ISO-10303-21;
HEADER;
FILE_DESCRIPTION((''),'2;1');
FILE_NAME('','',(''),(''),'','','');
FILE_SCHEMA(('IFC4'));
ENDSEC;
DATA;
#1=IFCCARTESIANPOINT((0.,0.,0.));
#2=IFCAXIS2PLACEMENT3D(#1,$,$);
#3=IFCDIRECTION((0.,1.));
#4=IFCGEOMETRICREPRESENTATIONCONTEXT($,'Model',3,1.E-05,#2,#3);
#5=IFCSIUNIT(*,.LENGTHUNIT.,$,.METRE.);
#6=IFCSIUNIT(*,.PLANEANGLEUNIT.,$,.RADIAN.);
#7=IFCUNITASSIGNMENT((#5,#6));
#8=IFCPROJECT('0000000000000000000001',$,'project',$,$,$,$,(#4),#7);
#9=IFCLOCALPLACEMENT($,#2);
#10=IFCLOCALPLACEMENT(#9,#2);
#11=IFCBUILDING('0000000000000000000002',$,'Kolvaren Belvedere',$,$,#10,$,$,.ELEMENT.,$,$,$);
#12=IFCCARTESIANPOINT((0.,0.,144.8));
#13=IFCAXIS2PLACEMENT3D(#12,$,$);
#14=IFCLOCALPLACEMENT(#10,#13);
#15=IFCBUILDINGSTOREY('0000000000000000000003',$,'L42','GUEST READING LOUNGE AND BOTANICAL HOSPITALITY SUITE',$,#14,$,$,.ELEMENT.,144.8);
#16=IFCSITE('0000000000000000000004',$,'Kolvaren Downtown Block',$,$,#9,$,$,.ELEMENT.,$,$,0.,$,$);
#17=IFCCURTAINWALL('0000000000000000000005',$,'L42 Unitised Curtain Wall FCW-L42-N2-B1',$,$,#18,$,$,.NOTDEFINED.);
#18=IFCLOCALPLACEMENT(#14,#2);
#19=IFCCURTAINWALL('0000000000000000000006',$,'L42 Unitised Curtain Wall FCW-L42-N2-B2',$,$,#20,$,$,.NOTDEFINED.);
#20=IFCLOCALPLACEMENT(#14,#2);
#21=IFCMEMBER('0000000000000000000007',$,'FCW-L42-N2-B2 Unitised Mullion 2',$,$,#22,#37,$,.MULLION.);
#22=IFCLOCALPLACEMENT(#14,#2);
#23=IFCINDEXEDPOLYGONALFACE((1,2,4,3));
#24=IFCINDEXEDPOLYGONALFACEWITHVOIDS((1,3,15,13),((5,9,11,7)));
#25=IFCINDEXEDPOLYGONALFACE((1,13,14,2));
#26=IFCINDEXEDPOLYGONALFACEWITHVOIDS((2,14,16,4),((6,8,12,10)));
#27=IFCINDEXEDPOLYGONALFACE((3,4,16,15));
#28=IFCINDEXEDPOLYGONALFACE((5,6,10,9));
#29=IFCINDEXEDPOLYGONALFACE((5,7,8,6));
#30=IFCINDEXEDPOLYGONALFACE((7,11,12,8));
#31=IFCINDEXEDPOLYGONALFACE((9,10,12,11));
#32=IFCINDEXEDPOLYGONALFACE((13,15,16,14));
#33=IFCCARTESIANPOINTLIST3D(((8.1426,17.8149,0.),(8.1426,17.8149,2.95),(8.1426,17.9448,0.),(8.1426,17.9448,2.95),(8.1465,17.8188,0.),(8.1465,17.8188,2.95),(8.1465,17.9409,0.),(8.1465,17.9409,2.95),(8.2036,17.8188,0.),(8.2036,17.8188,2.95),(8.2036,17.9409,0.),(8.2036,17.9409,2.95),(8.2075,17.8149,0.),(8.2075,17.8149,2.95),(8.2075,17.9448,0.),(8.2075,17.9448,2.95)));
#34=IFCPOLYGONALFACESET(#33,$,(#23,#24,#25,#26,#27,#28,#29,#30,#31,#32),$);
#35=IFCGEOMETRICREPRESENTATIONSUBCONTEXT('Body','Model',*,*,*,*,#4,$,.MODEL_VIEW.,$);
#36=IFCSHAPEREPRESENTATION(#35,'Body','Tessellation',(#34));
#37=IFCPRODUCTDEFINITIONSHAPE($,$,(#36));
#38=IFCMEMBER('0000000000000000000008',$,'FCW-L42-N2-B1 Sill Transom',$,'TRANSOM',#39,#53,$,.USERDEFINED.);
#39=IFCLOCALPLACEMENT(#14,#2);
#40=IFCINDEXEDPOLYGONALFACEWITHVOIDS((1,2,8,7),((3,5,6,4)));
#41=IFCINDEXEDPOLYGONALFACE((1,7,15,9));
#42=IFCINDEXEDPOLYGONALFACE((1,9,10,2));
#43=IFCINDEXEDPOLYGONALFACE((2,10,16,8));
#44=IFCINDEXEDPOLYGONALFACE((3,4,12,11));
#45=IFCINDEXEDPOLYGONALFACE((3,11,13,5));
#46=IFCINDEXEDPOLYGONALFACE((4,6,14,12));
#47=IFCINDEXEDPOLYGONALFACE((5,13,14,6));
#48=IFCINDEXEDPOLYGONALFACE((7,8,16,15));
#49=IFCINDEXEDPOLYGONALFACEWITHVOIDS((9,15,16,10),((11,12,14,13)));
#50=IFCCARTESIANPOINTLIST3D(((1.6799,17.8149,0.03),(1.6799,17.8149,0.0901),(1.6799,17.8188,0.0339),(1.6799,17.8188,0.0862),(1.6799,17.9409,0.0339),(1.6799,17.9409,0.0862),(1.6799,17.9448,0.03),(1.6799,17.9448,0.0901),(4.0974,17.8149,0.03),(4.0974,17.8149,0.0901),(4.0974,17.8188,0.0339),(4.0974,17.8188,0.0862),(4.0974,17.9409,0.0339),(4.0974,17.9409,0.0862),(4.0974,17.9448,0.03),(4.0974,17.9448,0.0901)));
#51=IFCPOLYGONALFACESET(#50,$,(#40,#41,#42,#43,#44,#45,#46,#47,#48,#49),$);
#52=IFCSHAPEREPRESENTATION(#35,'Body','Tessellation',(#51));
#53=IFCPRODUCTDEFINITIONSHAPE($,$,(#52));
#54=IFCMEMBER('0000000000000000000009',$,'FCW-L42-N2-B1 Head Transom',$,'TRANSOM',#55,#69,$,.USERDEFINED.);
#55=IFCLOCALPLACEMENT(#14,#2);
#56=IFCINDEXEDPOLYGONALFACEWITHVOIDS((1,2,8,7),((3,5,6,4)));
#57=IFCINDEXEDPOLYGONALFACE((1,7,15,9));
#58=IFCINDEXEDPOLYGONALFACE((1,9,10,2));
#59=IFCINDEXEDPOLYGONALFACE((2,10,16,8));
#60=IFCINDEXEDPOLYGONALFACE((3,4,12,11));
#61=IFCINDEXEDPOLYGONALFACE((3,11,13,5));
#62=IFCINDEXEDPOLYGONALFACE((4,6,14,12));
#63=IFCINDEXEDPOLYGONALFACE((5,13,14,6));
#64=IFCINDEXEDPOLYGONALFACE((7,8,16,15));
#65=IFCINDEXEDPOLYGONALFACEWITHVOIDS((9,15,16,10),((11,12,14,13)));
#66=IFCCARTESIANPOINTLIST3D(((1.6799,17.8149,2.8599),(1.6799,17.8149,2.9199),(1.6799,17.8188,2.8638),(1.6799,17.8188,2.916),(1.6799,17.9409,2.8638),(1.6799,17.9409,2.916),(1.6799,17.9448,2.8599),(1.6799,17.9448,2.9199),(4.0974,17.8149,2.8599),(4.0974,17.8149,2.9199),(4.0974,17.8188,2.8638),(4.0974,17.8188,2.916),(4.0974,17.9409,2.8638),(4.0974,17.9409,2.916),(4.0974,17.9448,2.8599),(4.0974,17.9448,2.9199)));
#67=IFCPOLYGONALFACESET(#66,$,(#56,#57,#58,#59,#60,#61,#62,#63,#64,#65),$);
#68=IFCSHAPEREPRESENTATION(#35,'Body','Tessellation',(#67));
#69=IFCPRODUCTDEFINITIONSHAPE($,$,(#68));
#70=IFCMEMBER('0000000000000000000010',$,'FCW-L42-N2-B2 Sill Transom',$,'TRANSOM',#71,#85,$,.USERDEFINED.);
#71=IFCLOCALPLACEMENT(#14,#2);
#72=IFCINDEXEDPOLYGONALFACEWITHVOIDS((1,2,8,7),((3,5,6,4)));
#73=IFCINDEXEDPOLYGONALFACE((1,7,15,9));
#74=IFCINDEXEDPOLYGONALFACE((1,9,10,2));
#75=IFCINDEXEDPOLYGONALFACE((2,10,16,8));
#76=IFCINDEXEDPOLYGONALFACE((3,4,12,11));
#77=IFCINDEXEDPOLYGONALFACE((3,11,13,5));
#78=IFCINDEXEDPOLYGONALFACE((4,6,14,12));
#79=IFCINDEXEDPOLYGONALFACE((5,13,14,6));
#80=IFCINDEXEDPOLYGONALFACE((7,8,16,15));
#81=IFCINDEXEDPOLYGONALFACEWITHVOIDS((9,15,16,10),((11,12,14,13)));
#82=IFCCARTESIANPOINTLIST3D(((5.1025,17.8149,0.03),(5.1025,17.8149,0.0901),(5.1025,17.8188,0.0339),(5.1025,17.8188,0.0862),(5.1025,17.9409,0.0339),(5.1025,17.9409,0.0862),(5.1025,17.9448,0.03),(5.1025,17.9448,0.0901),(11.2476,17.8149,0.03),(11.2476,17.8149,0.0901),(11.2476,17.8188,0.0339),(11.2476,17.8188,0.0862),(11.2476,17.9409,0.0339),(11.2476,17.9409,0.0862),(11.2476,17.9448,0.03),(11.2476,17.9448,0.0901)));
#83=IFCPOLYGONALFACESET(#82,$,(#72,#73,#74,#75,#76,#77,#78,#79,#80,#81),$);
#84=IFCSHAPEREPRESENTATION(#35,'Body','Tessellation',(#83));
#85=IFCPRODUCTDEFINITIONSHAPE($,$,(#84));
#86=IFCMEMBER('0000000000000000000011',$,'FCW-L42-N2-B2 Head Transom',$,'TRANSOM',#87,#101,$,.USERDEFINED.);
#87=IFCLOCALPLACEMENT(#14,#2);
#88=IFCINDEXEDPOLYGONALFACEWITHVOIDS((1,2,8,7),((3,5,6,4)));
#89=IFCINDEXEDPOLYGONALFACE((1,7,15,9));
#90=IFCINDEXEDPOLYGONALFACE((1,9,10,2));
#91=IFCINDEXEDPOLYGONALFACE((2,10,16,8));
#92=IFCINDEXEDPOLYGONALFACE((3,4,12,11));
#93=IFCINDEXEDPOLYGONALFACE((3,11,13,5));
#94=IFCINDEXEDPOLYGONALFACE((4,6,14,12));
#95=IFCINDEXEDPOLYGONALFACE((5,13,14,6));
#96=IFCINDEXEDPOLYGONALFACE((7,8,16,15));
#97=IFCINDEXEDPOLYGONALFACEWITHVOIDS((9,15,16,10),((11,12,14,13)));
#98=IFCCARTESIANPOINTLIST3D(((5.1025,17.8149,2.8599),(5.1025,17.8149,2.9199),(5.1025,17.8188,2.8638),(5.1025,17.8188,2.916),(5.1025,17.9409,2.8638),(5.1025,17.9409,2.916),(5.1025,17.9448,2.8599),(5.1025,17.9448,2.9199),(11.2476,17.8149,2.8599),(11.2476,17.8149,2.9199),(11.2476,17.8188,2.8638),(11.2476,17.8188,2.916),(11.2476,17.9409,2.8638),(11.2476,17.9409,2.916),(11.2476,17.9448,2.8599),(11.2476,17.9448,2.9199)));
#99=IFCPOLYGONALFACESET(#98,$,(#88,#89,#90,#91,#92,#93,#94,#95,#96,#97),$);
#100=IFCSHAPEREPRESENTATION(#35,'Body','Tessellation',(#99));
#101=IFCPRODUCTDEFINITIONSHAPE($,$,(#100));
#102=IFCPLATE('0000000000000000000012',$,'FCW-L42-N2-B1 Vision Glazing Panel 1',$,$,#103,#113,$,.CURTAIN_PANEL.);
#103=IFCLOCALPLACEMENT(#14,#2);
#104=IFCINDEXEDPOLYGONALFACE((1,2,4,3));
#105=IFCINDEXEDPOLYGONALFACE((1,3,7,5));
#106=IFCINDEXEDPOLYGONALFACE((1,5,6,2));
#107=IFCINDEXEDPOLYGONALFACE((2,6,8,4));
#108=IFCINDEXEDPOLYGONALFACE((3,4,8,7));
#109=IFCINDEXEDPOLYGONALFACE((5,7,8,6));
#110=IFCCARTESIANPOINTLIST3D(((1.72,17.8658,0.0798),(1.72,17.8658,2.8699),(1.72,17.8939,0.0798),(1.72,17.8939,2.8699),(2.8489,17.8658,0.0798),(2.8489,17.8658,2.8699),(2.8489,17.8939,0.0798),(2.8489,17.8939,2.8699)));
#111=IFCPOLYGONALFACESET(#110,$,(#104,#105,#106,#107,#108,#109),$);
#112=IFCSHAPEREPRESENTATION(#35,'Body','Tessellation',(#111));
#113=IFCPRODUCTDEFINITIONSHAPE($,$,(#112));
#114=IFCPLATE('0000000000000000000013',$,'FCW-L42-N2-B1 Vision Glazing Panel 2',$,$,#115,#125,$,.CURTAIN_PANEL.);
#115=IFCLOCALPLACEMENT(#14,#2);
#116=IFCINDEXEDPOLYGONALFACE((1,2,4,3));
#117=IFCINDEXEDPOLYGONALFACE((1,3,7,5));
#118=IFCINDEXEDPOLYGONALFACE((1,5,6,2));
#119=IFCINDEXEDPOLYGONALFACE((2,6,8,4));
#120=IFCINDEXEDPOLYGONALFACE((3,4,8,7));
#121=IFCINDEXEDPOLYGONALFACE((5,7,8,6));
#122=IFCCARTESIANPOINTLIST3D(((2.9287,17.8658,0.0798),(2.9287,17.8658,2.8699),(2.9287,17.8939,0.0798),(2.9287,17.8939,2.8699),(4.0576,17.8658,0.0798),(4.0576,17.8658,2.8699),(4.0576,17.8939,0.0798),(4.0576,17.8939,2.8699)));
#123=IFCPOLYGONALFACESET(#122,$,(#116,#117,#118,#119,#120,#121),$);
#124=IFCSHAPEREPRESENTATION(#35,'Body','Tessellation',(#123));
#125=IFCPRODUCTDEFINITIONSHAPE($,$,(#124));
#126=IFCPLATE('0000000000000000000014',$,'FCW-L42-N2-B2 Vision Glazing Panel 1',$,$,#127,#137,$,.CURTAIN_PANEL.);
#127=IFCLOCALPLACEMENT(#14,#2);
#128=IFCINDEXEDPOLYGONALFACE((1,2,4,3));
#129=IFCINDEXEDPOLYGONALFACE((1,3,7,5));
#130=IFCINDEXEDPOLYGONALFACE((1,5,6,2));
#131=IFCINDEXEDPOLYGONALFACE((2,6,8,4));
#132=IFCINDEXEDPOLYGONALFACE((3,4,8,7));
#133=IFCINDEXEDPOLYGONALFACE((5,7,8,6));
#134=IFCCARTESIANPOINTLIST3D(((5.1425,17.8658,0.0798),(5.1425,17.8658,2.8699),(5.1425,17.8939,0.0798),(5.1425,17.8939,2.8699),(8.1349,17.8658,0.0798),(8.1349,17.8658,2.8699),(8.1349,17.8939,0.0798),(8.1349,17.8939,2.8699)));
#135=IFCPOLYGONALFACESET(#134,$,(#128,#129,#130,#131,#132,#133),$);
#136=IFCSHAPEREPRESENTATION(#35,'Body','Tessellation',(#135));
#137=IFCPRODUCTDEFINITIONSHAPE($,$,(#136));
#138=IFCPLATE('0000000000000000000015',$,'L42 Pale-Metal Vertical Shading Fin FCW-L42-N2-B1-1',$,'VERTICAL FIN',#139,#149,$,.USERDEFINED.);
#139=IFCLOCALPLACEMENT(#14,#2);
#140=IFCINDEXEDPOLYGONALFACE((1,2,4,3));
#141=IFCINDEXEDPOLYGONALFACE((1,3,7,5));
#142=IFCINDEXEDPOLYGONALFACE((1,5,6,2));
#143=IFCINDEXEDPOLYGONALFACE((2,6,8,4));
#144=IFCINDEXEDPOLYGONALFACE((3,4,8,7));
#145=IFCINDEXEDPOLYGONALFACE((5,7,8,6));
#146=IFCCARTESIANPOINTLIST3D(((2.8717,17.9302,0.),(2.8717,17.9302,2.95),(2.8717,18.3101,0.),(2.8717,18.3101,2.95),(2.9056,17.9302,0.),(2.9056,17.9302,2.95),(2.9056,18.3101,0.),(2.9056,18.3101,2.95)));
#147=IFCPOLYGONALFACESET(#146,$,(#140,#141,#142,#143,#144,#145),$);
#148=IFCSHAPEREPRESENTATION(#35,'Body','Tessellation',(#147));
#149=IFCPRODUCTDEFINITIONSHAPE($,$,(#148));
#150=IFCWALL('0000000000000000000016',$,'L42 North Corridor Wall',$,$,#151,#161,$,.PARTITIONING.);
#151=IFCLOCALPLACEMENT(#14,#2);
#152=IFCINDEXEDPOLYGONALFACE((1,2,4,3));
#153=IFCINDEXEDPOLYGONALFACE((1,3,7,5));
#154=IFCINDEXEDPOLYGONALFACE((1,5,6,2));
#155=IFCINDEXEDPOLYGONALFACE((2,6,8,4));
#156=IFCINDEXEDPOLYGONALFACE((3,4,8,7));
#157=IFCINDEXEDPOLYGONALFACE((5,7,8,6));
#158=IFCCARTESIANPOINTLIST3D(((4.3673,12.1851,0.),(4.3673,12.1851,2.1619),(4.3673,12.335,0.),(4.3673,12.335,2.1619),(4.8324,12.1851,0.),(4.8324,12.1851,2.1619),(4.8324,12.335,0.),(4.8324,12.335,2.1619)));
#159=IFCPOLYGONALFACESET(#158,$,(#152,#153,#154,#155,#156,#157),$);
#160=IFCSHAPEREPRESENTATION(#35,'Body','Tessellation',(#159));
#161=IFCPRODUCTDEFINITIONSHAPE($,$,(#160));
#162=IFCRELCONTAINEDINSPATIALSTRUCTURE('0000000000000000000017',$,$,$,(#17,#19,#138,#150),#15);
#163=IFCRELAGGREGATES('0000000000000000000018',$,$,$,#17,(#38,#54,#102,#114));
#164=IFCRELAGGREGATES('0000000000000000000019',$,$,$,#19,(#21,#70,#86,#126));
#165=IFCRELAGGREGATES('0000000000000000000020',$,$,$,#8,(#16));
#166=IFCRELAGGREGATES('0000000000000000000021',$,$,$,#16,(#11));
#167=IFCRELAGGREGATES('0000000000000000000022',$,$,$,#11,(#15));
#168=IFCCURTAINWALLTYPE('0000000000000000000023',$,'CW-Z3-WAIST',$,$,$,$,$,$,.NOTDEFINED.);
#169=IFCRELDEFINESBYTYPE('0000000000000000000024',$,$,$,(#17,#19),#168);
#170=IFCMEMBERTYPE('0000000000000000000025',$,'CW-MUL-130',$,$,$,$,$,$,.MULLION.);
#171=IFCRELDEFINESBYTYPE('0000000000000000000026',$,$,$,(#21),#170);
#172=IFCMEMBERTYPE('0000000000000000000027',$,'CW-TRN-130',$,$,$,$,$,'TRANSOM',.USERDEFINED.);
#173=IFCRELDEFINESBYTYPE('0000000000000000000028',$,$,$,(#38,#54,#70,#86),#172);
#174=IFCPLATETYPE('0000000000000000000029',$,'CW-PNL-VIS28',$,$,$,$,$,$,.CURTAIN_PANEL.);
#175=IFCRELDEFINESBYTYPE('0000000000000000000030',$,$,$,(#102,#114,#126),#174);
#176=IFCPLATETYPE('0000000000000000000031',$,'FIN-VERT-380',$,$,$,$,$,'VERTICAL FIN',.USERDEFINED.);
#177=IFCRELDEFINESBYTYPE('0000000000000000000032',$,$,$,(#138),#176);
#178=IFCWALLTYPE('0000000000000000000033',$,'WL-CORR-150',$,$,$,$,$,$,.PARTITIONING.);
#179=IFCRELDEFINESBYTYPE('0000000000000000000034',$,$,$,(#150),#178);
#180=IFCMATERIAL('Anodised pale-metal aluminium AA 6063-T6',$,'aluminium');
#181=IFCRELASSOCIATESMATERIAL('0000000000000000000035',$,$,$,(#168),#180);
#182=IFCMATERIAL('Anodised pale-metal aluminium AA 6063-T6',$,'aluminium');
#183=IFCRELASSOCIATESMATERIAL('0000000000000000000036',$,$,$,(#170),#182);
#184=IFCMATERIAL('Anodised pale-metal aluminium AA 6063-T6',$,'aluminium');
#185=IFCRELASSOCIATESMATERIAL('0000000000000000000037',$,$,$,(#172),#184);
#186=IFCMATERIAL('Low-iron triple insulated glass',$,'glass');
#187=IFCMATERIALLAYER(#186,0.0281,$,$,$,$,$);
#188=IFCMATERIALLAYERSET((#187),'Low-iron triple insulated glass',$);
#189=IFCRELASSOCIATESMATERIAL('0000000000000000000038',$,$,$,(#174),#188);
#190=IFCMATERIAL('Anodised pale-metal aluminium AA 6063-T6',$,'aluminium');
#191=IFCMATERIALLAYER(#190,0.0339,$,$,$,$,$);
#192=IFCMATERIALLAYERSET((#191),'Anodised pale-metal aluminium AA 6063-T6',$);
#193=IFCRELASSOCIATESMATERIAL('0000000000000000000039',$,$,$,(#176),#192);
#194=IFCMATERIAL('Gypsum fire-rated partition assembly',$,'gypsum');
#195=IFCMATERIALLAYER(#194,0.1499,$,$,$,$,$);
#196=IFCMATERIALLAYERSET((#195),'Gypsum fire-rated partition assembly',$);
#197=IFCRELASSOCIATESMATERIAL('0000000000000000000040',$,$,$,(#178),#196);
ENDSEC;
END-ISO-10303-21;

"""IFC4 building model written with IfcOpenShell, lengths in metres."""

from ifc_helpers import new_model, si_unit, direction, frame, frame_2d, origin, origin_2d, place, context, subcontext, project, spatial, rectangle, hollow_rectangle, extrude, material, layer, layer_set, material_profile, profile_set, type_object, element, aggregate, save


model = new_model("IFC4")

# Units and contexts
model_context = context("Model", 3, precision=1e-05, world=origin(), true_north=direction((0.0, 1.0)))
body_context = subcontext(model_context, "Body", "Model", "MODEL_VIEW")
ifc_project = project(units=[si_unit("LENGTHUNIT", "METRE"), si_unit("PLANEANGLEUNIT", "RADIAN")], contexts=[model_context])

# Site, building, storey
site_placement = place(None, origin())
site = spatial("IfcSite", under=ifc_project, at=site_placement, Name="Kolvaren Downtown Block", CompositionType="ELEMENT", RefElevation=0.0)
building_placement = place(site_placement, origin())
building = spatial("IfcBuilding", under=site, at=building_placement, Name="Kolvaren Belvedere", CompositionType="ELEMENT")
storey_placement = place(building_placement, frame((0.0, 0.0, 144.8)))
storey = spatial("IfcBuildingStorey", under=building, at=storey_placement, Name="L42", Description="GUEST READING LOUNGE AND BOTANICAL HOSPITALITY SUITE", CompositionType="ELEMENT", Elevation=144.8)

# Curtain walls, member
ifc_material_1 = material(Name="Anodised pale-metal aluminium AA 6063-T6", Category="aluminium")
curtain_wall_type = type_object("IfcCurtainWallType", Name="CW-Z3-WAIST", PredefinedType="NOTDEFINED", material=ifc_material_1)
curtain_wall_1_placement = place(storey_placement, origin())
curtain_wall_1 = element("IfcCurtainWall", 1, at=curtain_wall_1_placement, inside=storey, type_object=curtain_wall_type, Name="L42 Unitised Curtain Wall FCW-L42-N2-B1", PredefinedType="NOTDEFINED")
ifc_material_2 = material(Name="Anodised pale-metal aluminium AA 6063-T6", Category="aluminium")
ifc_material_profile_1 = material_profile(ifc_material_2, hollow_rectangle(XDim=0.0649, YDim=0.1299, WallThickness=0.0039, at=origin_2d()), Name="ALU-MUL-130X65")
ifc_profile_set_1 = profile_set([ifc_material_profile_1], Name="Anodised pale-metal aluminium AA 6063-T6")
member_type_1 = type_object("IfcMemberType", Name="CW-MUL-130", PredefinedType="MULLION", material=ifc_profile_set_1)
curtain_wall_2_placement = place(storey_placement, origin())
curtain_wall_2 = element("IfcCurtainWall", 2, at=curtain_wall_2_placement, inside=storey, type_object=curtain_wall_type, Name="L42 Unitised Curtain Wall FCW-L42-N2-B2", PredefinedType="NOTDEFINED")
member_1_placement = place(storey_placement, frame((8.175, 17.8799, 0.0), z_axis=(0.0, 0.0, 1.0), x_axis=(1.0, 0.0, 0.0)))
member_1 = element("IfcMember", 3, at=member_1_placement, type_object=member_type_1, Name="FCW-L42-N2-B2 Unitised Mullion 2", PredefinedType="MULLION", context=body_context, shape_type="SweptSolid", body=[
    extrude(hollow_rectangle(XDim=0.0649, YDim=0.1299, WallThickness=0.0039, at=origin_2d()), origin(), (0.0, 0.0, 1.0), 2.95),
])

# Members
ifc_material_3 = material(Name="Anodised pale-metal aluminium AA 6063-T6", Category="aluminium")
ifc_material_profile_2 = material_profile(ifc_material_3, hollow_rectangle(XDim=0.0601, YDim=0.1299, WallThickness=0.0039, at=origin_2d()), Name="ALU-TRN-130X60")
ifc_profile_set_2 = profile_set([ifc_material_profile_2], Name="Anodised pale-metal aluminium AA 6063-T6")
member_type_2 = type_object("IfcMemberType", Name="CW-TRN-130", ElementType="TRANSOM", PredefinedType="USERDEFINED", material=ifc_profile_set_2)
member_2_placement = place(storey_placement, frame((1.6799, 17.8799, 0.0601), z_axis=(1.0, 0.0, 0.0), x_axis=(0.0, 0.0, 1.0)))
member_2 = element("IfcMember", 4, at=member_2_placement, type_object=member_type_2, Name="FCW-L42-N2-B1 Sill Transom", ObjectType="TRANSOM", PredefinedType="USERDEFINED", context=body_context, shape_type="SweptSolid", body=[
    extrude(hollow_rectangle(XDim=0.0601, YDim=0.1299, WallThickness=0.0039, at=origin_2d()), origin(), (0.0, 0.0, 1.0), 2.4175),
])
member_3_placement = place(storey_placement, frame((1.6799, 17.8799, 2.8899), z_axis=(1.0, 0.0, 0.0), x_axis=(0.0, 0.0, 1.0)))
member_3 = element("IfcMember", 5, at=member_3_placement, type_object=member_type_2, Name="FCW-L42-N2-B1 Head Transom", ObjectType="TRANSOM", PredefinedType="USERDEFINED", context=body_context, shape_type="SweptSolid", body=[
    extrude(hollow_rectangle(XDim=0.0601, YDim=0.1299, WallThickness=0.0039, at=origin_2d()), origin(), (0.0, 0.0, 1.0), 2.4175),
])
member_4_placement = place(storey_placement, frame((5.1025, 17.8799, 0.0601), z_axis=(1.0, 0.0, 0.0), x_axis=(0.0, 0.0, 1.0)))
member_4 = element("IfcMember", 6, at=member_4_placement, type_object=member_type_2, Name="FCW-L42-N2-B2 Sill Transom", ObjectType="TRANSOM", PredefinedType="USERDEFINED", context=body_context, shape_type="SweptSolid", body=[
    extrude(hollow_rectangle(XDim=0.0601, YDim=0.1299, WallThickness=0.0039, at=origin_2d()), origin(), (0.0, 0.0, 1.0), 6.145),
])
member_5_placement = place(storey_placement, frame((5.1025, 17.8799, 2.8899), z_axis=(1.0, 0.0, 0.0), x_axis=(0.0, 0.0, 1.0)))
member_5 = element("IfcMember", 7, at=member_5_placement, type_object=member_type_2, Name="FCW-L42-N2-B2 Head Transom", ObjectType="TRANSOM", PredefinedType="USERDEFINED", context=body_context, shape_type="SweptSolid", body=[
    extrude(hollow_rectangle(XDim=0.0601, YDim=0.1299, WallThickness=0.0039, at=origin_2d()), origin(), (0.0, 0.0, 1.0), 6.145),
])

# Plates
ifc_material_4 = material(Name="Low-iron triple insulated glass", Category="glass")
ifc_layer_1 = layer(ifc_material_4, 0.0281)
ifc_layer_set_1 = layer_set([ifc_layer_1], Name="Low-iron triple insulated glass")
plate_type_1 = type_object("IfcPlateType", Name="CW-PNL-VIS28", PredefinedType="CURTAIN_PANEL", material=ifc_layer_set_1)
plate_1_placement = place(storey_placement, frame((2.2844, 17.8799, 0.0798), z_axis=(0.0, 0.0, 1.0), x_axis=(1.0, 0.0, 0.0)))
plate_1 = element("IfcPlate", 8, at=plate_1_placement, type_object=plate_type_1, Name="FCW-L42-N2-B1 Vision Glazing Panel 1", PredefinedType="CURTAIN_PANEL", context=body_context, shape_type="SweptSolid", body=[
    extrude(rectangle(XDim=1.1289, YDim=0.0281, at=origin_2d()), origin(), (0.0, 0.0, 1.0), 2.79),
])
plate_2_placement = place(storey_placement, frame((3.4932, 17.8799, 0.0798), z_axis=(0.0, 0.0, 1.0), x_axis=(1.0, 0.0, 0.0)))
plate_2 = element("IfcPlate", 9, at=plate_2_placement, type_object=plate_type_1, Name="FCW-L42-N2-B1 Vision Glazing Panel 2", PredefinedType="CURTAIN_PANEL", context=body_context, shape_type="SweptSolid", body=[
    extrude(rectangle(XDim=1.1289, YDim=0.0281, at=origin_2d()), origin(), (0.0, 0.0, 1.0), 2.79),
])
aggregate(curtain_wall_1, [member_2, member_3, plate_1, plate_2])
plate_3_placement = place(storey_placement, frame((6.6387, 17.8799, 0.0798), z_axis=(0.0, 0.0, 1.0), x_axis=(1.0, 0.0, 0.0)))
plate_3 = element("IfcPlate", 10, at=plate_3_placement, type_object=plate_type_1, Name="FCW-L42-N2-B2 Vision Glazing Panel 1", PredefinedType="CURTAIN_PANEL", context=body_context, shape_type="SweptSolid", body=[
    extrude(rectangle(XDim=2.9924, YDim=0.0281, at=origin_2d()), origin(), (0.0, 0.0, 1.0), 2.79),
])
aggregate(curtain_wall_2, [member_1, member_4, member_5, plate_3])
ifc_material_5 = material(Name="Anodised pale-metal aluminium AA 6063-T6", Category="aluminium")
ifc_layer_2 = layer(ifc_material_5, 0.0339)
ifc_layer_set_2 = layer_set([ifc_layer_2], Name="Anodised pale-metal aluminium AA 6063-T6")
plate_type_2 = type_object("IfcPlateType", Name="FIN-VERT-380", ElementType="VERTICAL FIN", PredefinedType="USERDEFINED", material=ifc_layer_set_2)
plate_4_placement = place(storey_placement, frame((2.8887, 18.1201, 0.0), z_axis=(0.0, 0.0, 1.0), x_axis=(0.0, 1.0, 0.0)))
element("IfcPlate", 11, at=plate_4_placement, inside=storey, type_object=plate_type_2, Name="L42 Pale-Metal Vertical Shading Fin FCW-L42-N2-B1-1", ObjectType="VERTICAL FIN", PredefinedType="USERDEFINED", context=body_context, shape_type="SweptSolid", body=[
    extrude(rectangle(XDim=0.3799, YDim=0.0339, at=origin_2d()), origin(), (0.0, 0.0, 1.0), 2.95),
])

# Wall
ifc_material_6 = material(Name="Gypsum fire-rated partition assembly", Category="gypsum")
ifc_layer_3 = layer(ifc_material_6, 0.1499)
ifc_layer_set_3 = layer_set([ifc_layer_3], Name="Gypsum fire-rated partition assembly")
wall_type_1 = type_object("IfcWallType", Name="WL-CORR-150", PredefinedType="PARTITIONING", material=ifc_layer_set_3)
wall_1_placement = place(storey_placement, frame((4.3674, 12.26, 0.0), z_axis=(0.0, 0.0, 1.0), x_axis=(1.0, 0.0, 0.0)))
element("IfcWall", 12, at=wall_1_placement, inside=storey, type_object=wall_type_1, Name="L42 North Corridor Wall", PredefinedType="PARTITIONING", context=body_context, shape_type="SweptSolid", body=[
    extrude(rectangle(XDim=0.4651, YDim=0.1499, at=frame_2d((0.2324, 0.0))), origin(), (0.0, 0.0, 1.0), 2.1619),
])

save(model, "model.ifc")
